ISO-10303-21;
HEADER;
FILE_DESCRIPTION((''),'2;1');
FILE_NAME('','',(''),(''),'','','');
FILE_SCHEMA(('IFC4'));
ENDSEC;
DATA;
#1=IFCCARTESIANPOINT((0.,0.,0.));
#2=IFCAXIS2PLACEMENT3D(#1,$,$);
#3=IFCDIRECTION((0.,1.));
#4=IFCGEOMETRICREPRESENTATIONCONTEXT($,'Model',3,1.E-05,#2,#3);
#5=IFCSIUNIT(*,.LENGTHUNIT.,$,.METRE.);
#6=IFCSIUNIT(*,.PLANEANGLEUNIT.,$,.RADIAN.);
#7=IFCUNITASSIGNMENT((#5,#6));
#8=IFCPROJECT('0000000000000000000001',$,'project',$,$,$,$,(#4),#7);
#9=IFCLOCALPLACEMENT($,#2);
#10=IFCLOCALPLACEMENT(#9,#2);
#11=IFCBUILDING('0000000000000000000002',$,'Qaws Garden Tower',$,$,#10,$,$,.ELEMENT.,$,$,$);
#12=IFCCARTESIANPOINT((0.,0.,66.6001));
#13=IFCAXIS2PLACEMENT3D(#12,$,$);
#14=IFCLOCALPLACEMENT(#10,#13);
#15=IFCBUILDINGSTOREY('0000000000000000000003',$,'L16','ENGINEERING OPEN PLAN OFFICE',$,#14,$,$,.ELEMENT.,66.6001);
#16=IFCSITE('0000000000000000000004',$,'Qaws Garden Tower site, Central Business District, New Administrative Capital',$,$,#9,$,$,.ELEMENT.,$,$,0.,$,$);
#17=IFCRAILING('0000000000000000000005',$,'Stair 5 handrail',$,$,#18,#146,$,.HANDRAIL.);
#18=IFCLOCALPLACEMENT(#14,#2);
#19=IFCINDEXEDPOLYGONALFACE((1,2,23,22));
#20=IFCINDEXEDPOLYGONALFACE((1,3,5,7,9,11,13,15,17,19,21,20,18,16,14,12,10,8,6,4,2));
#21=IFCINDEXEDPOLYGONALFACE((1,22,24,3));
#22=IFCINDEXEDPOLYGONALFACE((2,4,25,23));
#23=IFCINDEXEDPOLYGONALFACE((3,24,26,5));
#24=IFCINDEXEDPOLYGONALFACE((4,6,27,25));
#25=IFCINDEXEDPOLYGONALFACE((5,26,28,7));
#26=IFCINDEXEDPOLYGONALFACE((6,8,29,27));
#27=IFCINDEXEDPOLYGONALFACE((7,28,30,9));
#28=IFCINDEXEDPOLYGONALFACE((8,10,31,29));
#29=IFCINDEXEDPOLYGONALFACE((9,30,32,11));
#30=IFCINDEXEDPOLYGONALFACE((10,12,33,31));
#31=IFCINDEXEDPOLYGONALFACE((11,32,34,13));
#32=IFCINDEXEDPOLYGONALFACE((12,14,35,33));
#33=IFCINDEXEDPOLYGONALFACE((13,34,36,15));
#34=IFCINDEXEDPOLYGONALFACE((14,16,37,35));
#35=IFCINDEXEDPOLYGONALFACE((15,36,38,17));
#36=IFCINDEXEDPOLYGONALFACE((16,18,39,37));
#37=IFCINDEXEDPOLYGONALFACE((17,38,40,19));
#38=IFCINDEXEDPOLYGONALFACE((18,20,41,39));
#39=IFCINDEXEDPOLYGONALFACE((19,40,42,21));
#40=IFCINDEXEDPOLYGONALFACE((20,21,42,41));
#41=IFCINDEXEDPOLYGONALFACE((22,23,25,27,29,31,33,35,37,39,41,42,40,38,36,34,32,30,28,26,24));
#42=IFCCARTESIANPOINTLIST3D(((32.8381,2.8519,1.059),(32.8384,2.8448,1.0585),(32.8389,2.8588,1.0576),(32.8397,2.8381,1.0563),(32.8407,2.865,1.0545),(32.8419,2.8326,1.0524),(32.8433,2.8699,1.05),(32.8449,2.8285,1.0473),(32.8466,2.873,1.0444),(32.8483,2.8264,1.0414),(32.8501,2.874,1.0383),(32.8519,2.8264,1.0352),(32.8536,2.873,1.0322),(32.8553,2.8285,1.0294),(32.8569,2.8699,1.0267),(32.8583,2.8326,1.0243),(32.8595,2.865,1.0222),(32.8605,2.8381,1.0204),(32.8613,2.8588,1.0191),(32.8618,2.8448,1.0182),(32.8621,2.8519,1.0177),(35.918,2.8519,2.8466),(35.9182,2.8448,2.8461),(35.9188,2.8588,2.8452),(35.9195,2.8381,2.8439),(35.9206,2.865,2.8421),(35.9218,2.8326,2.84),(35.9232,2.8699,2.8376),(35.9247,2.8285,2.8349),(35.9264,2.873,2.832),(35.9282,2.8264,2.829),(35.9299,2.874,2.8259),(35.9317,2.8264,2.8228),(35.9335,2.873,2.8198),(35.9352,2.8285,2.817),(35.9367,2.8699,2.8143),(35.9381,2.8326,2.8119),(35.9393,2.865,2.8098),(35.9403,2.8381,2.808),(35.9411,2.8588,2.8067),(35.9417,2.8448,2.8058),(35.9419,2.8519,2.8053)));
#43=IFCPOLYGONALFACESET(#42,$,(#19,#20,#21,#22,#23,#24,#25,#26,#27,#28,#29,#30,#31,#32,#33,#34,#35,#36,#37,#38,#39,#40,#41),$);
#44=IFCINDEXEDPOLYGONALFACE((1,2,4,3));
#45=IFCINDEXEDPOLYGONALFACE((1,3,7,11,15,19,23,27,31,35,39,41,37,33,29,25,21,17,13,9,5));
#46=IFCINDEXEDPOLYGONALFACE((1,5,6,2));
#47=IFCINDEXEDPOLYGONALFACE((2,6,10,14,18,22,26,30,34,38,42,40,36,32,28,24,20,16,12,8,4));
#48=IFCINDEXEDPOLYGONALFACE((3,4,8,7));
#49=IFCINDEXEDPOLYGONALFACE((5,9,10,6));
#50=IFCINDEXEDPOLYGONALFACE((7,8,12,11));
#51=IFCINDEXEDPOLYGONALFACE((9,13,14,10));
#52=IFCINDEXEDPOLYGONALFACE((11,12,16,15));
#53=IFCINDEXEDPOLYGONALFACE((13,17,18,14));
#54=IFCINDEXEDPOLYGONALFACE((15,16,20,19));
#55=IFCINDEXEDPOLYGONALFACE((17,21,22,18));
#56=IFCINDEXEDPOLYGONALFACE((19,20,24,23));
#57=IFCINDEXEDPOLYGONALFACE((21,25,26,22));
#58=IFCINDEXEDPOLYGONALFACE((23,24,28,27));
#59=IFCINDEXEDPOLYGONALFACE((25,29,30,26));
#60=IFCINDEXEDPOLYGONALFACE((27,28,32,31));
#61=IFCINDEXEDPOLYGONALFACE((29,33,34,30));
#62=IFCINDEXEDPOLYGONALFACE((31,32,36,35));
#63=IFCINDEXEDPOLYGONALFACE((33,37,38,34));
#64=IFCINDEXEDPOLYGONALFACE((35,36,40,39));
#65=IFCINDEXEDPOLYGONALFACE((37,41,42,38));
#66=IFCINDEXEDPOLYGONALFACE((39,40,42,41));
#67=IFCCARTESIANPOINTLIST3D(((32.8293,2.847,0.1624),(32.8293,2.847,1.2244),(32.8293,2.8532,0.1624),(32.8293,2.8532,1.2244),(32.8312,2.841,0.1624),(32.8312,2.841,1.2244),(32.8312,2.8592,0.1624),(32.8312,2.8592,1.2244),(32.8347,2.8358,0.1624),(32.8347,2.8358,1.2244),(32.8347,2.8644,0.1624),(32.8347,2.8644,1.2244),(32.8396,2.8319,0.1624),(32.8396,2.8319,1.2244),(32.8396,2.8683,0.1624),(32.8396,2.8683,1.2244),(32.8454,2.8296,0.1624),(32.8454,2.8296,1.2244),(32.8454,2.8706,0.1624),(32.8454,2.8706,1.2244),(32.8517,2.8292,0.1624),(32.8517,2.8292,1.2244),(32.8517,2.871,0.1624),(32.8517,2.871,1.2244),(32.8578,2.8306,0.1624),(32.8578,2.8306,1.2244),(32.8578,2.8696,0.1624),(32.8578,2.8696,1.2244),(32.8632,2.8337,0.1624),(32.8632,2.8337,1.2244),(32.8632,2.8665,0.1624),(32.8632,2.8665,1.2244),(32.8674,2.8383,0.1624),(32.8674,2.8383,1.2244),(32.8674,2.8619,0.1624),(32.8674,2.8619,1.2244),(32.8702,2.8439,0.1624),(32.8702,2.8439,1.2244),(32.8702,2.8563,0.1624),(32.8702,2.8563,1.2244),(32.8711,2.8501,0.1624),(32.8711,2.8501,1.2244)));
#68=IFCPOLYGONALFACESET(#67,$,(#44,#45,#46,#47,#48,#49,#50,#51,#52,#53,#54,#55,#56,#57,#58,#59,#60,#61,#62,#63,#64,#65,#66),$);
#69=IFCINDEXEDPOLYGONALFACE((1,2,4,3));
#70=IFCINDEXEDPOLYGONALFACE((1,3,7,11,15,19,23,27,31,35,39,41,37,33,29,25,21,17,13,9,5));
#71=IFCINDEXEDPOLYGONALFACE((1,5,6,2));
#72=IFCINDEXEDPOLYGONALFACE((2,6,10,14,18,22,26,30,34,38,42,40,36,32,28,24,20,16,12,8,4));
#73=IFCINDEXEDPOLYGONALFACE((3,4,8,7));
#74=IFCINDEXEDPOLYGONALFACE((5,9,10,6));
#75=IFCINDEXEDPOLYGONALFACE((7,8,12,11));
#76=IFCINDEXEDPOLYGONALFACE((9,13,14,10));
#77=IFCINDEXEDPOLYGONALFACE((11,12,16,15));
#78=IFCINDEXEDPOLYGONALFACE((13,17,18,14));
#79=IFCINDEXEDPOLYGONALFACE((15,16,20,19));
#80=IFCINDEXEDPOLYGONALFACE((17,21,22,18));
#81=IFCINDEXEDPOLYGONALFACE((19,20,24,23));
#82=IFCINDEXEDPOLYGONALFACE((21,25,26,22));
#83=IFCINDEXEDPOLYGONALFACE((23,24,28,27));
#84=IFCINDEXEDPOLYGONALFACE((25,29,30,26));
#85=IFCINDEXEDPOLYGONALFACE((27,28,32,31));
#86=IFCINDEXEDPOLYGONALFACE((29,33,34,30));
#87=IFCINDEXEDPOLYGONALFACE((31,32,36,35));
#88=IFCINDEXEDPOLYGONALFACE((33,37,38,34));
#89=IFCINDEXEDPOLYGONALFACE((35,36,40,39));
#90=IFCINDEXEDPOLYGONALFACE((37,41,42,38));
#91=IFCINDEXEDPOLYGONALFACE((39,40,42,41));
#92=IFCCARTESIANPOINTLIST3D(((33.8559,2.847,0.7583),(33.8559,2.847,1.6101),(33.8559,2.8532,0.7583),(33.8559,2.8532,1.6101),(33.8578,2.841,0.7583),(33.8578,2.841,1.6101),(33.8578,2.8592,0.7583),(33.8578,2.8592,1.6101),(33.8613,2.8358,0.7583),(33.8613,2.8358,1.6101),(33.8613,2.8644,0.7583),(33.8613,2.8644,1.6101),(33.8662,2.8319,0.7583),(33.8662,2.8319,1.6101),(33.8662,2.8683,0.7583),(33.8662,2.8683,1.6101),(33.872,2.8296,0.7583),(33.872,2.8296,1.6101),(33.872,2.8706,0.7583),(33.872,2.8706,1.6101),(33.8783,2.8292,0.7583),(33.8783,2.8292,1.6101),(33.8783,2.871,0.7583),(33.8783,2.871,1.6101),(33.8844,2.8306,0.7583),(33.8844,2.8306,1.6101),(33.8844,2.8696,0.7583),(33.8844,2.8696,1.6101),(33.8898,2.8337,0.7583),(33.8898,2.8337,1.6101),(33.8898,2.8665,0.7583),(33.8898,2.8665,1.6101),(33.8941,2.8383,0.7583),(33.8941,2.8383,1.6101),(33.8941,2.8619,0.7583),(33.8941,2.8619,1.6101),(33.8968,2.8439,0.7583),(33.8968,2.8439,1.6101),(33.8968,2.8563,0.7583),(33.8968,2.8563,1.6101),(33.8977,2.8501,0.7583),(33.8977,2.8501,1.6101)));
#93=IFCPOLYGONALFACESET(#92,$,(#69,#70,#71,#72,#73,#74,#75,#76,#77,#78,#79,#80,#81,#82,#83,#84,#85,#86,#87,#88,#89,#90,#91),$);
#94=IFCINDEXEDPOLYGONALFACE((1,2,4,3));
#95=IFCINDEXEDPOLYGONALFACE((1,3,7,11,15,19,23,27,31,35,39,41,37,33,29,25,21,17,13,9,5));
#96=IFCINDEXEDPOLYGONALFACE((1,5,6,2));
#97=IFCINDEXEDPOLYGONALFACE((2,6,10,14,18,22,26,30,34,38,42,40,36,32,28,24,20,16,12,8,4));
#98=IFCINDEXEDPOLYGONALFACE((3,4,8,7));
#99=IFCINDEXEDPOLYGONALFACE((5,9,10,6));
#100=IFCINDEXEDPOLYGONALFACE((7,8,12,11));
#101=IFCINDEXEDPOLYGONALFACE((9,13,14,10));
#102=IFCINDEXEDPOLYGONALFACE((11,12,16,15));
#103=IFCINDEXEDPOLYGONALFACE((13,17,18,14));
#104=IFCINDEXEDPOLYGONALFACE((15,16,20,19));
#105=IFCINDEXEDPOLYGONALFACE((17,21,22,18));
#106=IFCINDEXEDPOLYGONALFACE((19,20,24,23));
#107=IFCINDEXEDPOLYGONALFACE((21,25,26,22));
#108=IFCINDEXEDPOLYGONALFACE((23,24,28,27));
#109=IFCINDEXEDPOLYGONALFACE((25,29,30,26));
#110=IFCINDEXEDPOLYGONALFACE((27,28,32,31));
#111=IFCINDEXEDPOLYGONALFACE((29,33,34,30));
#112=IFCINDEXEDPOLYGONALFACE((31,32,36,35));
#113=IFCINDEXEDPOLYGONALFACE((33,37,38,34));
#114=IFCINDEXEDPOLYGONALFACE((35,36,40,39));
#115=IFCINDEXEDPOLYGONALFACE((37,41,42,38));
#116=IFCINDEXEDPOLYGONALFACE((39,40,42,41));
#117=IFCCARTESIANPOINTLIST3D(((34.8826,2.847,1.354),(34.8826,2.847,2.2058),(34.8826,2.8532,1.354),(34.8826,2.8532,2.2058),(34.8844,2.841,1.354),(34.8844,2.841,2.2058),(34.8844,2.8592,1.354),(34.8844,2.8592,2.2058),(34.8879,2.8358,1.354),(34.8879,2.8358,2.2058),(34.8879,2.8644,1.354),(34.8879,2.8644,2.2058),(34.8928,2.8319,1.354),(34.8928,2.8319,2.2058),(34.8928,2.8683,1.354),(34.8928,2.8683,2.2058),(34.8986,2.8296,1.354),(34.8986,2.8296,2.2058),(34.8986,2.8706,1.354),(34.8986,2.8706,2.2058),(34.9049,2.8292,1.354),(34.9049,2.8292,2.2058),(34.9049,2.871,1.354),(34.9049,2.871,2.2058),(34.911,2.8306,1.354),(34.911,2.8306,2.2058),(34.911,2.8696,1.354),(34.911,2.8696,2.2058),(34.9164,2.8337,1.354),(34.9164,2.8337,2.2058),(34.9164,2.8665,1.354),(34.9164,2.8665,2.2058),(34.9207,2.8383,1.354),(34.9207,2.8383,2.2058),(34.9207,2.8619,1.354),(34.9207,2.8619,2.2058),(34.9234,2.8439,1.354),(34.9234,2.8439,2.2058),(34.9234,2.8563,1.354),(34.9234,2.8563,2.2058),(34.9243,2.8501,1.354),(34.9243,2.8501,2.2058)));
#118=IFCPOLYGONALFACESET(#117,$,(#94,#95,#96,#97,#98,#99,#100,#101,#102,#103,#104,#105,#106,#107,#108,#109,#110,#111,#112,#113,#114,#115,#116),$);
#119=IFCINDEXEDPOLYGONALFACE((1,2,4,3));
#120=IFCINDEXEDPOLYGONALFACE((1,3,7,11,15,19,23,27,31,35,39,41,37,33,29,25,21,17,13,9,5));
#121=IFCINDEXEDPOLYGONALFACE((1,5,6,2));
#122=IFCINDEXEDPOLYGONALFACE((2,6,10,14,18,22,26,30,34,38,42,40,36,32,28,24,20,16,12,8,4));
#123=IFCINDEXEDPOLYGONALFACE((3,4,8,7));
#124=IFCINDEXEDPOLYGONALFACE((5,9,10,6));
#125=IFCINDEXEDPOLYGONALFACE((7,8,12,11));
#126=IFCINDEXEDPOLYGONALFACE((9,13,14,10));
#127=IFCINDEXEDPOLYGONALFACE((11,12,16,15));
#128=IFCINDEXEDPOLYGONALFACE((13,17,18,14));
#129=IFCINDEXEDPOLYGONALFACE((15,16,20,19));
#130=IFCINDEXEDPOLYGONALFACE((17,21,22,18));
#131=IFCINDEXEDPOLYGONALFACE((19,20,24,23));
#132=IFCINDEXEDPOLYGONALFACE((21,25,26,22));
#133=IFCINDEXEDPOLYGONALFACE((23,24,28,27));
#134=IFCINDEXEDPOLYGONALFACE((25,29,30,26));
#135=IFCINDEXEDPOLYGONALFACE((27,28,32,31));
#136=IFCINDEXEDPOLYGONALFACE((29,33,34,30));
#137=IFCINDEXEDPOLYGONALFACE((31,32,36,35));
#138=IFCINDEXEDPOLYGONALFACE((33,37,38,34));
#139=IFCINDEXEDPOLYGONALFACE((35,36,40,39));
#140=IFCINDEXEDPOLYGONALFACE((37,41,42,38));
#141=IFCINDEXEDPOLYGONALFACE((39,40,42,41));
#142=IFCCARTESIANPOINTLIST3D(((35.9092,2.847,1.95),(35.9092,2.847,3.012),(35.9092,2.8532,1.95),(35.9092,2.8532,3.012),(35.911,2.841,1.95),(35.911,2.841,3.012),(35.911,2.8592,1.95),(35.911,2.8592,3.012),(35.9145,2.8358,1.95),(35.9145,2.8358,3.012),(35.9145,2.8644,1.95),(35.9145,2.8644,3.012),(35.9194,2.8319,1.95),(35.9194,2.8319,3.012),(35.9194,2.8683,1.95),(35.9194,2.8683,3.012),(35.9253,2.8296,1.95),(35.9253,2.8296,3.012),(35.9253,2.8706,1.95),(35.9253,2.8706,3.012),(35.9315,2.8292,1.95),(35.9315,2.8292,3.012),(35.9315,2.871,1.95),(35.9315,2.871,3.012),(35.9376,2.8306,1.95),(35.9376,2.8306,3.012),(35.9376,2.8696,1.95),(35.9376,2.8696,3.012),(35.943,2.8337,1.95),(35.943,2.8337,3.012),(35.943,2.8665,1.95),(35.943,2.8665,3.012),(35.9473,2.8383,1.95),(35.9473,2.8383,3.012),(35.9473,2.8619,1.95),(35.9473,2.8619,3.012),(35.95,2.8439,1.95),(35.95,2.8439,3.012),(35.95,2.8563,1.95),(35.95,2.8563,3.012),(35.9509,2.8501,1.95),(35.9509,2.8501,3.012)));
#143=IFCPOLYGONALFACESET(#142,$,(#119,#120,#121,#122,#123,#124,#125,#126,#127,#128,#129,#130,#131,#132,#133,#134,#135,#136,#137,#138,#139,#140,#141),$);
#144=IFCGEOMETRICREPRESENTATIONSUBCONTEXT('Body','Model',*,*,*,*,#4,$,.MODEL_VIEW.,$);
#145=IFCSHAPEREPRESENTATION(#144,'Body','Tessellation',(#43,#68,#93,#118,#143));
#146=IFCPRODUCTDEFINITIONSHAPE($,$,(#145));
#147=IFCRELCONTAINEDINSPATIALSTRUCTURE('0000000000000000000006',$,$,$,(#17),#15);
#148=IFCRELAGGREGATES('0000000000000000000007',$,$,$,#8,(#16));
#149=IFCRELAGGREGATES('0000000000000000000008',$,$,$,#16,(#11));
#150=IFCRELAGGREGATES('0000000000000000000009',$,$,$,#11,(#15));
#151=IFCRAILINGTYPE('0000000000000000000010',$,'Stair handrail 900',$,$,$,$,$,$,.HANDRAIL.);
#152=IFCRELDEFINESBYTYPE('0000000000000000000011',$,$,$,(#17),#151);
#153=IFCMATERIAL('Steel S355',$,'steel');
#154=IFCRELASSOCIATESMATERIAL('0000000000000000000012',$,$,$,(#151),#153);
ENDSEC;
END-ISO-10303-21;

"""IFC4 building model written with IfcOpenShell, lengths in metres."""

from ifc_helpers import new_model, si_unit, direction, frame, origin, origin_2d, place, context, subcontext, project, spatial, circle, extrude, material, type_object, element, save


model = new_model("IFC4")

# Units and contexts
model_context = context("Model", 3, precision=1e-05, world=origin(), true_north=direction((0.0, 1.0)))
body_context = subcontext(model_context, "Body", "Model", "MODEL_VIEW")
ifc_project = project(units=[si_unit("LENGTHUNIT", "METRE"), si_unit("PLANEANGLEUNIT", "RADIAN")], contexts=[model_context])

# Site, building, storey
site_placement = place(None, origin())
site = spatial("IfcSite", under=ifc_project, at=site_placement, Name="Qaws Garden Tower site, Central Business District, New Administrative Capital", CompositionType="ELEMENT", RefElevation=0.0)
building_placement = place(site_placement, origin())
building = spatial("IfcBuilding", under=site, at=building_placement, Name="Qaws Garden Tower", CompositionType="ELEMENT")
storey_placement = place(building_placement, frame((0.0, 0.0, 66.6001)))
storey = spatial("IfcBuildingStorey", under=building, at=storey_placement, Name="L16", Description="ENGINEERING OPEN PLAN OFFICE", CompositionType="ELEMENT", Elevation=66.6001)

# Railing
ifc_material_1 = material(Name="Steel S355", Category="steel")
railing_type = type_object("IfcRailingType", Name="Stair handrail 900", PredefinedType="HANDRAIL", material=ifc_material_1)
railing_1_placement = place(storey_placement, frame((32.8501, 2.8501, 0.1624)))
element("IfcRailing", 1, at=railing_1_placement, inside=storey, type_object=railing_type, Name="Stair 5 handrail", PredefinedType="HANDRAIL", context=body_context, shape_type="SweptSolid", body=[
    extrude(circle(Radius=0.0239, at=origin_2d()), frame((0.0, 0.0, 0.876), z_axis=(0.864873, 0.0, 0.50199), x_axis=(0.0, 1.0, 0.0)), (0.0, 0.0, 1.0), 3.561),
    extrude(circle(Radius=0.021, at=origin_2d()), origin(), (0.0, 0.0, 1.0), 1.062),
    extrude(circle(Radius=0.021, at=origin_2d()), frame((1.0266, 0.0, 0.5959)), (0.0, 0.0, 1.0), 0.8518),
    extrude(circle(Radius=0.021, at=origin_2d()), frame((2.0532, 0.0, 1.1917)), (0.0, 0.0, 1.0), 0.8518),
    extrude(circle(Radius=0.021, at=origin_2d()), frame((3.0798, 0.0, 1.7876)), (0.0, 0.0, 1.0), 1.062),
])

save(model, "model.ifc")
